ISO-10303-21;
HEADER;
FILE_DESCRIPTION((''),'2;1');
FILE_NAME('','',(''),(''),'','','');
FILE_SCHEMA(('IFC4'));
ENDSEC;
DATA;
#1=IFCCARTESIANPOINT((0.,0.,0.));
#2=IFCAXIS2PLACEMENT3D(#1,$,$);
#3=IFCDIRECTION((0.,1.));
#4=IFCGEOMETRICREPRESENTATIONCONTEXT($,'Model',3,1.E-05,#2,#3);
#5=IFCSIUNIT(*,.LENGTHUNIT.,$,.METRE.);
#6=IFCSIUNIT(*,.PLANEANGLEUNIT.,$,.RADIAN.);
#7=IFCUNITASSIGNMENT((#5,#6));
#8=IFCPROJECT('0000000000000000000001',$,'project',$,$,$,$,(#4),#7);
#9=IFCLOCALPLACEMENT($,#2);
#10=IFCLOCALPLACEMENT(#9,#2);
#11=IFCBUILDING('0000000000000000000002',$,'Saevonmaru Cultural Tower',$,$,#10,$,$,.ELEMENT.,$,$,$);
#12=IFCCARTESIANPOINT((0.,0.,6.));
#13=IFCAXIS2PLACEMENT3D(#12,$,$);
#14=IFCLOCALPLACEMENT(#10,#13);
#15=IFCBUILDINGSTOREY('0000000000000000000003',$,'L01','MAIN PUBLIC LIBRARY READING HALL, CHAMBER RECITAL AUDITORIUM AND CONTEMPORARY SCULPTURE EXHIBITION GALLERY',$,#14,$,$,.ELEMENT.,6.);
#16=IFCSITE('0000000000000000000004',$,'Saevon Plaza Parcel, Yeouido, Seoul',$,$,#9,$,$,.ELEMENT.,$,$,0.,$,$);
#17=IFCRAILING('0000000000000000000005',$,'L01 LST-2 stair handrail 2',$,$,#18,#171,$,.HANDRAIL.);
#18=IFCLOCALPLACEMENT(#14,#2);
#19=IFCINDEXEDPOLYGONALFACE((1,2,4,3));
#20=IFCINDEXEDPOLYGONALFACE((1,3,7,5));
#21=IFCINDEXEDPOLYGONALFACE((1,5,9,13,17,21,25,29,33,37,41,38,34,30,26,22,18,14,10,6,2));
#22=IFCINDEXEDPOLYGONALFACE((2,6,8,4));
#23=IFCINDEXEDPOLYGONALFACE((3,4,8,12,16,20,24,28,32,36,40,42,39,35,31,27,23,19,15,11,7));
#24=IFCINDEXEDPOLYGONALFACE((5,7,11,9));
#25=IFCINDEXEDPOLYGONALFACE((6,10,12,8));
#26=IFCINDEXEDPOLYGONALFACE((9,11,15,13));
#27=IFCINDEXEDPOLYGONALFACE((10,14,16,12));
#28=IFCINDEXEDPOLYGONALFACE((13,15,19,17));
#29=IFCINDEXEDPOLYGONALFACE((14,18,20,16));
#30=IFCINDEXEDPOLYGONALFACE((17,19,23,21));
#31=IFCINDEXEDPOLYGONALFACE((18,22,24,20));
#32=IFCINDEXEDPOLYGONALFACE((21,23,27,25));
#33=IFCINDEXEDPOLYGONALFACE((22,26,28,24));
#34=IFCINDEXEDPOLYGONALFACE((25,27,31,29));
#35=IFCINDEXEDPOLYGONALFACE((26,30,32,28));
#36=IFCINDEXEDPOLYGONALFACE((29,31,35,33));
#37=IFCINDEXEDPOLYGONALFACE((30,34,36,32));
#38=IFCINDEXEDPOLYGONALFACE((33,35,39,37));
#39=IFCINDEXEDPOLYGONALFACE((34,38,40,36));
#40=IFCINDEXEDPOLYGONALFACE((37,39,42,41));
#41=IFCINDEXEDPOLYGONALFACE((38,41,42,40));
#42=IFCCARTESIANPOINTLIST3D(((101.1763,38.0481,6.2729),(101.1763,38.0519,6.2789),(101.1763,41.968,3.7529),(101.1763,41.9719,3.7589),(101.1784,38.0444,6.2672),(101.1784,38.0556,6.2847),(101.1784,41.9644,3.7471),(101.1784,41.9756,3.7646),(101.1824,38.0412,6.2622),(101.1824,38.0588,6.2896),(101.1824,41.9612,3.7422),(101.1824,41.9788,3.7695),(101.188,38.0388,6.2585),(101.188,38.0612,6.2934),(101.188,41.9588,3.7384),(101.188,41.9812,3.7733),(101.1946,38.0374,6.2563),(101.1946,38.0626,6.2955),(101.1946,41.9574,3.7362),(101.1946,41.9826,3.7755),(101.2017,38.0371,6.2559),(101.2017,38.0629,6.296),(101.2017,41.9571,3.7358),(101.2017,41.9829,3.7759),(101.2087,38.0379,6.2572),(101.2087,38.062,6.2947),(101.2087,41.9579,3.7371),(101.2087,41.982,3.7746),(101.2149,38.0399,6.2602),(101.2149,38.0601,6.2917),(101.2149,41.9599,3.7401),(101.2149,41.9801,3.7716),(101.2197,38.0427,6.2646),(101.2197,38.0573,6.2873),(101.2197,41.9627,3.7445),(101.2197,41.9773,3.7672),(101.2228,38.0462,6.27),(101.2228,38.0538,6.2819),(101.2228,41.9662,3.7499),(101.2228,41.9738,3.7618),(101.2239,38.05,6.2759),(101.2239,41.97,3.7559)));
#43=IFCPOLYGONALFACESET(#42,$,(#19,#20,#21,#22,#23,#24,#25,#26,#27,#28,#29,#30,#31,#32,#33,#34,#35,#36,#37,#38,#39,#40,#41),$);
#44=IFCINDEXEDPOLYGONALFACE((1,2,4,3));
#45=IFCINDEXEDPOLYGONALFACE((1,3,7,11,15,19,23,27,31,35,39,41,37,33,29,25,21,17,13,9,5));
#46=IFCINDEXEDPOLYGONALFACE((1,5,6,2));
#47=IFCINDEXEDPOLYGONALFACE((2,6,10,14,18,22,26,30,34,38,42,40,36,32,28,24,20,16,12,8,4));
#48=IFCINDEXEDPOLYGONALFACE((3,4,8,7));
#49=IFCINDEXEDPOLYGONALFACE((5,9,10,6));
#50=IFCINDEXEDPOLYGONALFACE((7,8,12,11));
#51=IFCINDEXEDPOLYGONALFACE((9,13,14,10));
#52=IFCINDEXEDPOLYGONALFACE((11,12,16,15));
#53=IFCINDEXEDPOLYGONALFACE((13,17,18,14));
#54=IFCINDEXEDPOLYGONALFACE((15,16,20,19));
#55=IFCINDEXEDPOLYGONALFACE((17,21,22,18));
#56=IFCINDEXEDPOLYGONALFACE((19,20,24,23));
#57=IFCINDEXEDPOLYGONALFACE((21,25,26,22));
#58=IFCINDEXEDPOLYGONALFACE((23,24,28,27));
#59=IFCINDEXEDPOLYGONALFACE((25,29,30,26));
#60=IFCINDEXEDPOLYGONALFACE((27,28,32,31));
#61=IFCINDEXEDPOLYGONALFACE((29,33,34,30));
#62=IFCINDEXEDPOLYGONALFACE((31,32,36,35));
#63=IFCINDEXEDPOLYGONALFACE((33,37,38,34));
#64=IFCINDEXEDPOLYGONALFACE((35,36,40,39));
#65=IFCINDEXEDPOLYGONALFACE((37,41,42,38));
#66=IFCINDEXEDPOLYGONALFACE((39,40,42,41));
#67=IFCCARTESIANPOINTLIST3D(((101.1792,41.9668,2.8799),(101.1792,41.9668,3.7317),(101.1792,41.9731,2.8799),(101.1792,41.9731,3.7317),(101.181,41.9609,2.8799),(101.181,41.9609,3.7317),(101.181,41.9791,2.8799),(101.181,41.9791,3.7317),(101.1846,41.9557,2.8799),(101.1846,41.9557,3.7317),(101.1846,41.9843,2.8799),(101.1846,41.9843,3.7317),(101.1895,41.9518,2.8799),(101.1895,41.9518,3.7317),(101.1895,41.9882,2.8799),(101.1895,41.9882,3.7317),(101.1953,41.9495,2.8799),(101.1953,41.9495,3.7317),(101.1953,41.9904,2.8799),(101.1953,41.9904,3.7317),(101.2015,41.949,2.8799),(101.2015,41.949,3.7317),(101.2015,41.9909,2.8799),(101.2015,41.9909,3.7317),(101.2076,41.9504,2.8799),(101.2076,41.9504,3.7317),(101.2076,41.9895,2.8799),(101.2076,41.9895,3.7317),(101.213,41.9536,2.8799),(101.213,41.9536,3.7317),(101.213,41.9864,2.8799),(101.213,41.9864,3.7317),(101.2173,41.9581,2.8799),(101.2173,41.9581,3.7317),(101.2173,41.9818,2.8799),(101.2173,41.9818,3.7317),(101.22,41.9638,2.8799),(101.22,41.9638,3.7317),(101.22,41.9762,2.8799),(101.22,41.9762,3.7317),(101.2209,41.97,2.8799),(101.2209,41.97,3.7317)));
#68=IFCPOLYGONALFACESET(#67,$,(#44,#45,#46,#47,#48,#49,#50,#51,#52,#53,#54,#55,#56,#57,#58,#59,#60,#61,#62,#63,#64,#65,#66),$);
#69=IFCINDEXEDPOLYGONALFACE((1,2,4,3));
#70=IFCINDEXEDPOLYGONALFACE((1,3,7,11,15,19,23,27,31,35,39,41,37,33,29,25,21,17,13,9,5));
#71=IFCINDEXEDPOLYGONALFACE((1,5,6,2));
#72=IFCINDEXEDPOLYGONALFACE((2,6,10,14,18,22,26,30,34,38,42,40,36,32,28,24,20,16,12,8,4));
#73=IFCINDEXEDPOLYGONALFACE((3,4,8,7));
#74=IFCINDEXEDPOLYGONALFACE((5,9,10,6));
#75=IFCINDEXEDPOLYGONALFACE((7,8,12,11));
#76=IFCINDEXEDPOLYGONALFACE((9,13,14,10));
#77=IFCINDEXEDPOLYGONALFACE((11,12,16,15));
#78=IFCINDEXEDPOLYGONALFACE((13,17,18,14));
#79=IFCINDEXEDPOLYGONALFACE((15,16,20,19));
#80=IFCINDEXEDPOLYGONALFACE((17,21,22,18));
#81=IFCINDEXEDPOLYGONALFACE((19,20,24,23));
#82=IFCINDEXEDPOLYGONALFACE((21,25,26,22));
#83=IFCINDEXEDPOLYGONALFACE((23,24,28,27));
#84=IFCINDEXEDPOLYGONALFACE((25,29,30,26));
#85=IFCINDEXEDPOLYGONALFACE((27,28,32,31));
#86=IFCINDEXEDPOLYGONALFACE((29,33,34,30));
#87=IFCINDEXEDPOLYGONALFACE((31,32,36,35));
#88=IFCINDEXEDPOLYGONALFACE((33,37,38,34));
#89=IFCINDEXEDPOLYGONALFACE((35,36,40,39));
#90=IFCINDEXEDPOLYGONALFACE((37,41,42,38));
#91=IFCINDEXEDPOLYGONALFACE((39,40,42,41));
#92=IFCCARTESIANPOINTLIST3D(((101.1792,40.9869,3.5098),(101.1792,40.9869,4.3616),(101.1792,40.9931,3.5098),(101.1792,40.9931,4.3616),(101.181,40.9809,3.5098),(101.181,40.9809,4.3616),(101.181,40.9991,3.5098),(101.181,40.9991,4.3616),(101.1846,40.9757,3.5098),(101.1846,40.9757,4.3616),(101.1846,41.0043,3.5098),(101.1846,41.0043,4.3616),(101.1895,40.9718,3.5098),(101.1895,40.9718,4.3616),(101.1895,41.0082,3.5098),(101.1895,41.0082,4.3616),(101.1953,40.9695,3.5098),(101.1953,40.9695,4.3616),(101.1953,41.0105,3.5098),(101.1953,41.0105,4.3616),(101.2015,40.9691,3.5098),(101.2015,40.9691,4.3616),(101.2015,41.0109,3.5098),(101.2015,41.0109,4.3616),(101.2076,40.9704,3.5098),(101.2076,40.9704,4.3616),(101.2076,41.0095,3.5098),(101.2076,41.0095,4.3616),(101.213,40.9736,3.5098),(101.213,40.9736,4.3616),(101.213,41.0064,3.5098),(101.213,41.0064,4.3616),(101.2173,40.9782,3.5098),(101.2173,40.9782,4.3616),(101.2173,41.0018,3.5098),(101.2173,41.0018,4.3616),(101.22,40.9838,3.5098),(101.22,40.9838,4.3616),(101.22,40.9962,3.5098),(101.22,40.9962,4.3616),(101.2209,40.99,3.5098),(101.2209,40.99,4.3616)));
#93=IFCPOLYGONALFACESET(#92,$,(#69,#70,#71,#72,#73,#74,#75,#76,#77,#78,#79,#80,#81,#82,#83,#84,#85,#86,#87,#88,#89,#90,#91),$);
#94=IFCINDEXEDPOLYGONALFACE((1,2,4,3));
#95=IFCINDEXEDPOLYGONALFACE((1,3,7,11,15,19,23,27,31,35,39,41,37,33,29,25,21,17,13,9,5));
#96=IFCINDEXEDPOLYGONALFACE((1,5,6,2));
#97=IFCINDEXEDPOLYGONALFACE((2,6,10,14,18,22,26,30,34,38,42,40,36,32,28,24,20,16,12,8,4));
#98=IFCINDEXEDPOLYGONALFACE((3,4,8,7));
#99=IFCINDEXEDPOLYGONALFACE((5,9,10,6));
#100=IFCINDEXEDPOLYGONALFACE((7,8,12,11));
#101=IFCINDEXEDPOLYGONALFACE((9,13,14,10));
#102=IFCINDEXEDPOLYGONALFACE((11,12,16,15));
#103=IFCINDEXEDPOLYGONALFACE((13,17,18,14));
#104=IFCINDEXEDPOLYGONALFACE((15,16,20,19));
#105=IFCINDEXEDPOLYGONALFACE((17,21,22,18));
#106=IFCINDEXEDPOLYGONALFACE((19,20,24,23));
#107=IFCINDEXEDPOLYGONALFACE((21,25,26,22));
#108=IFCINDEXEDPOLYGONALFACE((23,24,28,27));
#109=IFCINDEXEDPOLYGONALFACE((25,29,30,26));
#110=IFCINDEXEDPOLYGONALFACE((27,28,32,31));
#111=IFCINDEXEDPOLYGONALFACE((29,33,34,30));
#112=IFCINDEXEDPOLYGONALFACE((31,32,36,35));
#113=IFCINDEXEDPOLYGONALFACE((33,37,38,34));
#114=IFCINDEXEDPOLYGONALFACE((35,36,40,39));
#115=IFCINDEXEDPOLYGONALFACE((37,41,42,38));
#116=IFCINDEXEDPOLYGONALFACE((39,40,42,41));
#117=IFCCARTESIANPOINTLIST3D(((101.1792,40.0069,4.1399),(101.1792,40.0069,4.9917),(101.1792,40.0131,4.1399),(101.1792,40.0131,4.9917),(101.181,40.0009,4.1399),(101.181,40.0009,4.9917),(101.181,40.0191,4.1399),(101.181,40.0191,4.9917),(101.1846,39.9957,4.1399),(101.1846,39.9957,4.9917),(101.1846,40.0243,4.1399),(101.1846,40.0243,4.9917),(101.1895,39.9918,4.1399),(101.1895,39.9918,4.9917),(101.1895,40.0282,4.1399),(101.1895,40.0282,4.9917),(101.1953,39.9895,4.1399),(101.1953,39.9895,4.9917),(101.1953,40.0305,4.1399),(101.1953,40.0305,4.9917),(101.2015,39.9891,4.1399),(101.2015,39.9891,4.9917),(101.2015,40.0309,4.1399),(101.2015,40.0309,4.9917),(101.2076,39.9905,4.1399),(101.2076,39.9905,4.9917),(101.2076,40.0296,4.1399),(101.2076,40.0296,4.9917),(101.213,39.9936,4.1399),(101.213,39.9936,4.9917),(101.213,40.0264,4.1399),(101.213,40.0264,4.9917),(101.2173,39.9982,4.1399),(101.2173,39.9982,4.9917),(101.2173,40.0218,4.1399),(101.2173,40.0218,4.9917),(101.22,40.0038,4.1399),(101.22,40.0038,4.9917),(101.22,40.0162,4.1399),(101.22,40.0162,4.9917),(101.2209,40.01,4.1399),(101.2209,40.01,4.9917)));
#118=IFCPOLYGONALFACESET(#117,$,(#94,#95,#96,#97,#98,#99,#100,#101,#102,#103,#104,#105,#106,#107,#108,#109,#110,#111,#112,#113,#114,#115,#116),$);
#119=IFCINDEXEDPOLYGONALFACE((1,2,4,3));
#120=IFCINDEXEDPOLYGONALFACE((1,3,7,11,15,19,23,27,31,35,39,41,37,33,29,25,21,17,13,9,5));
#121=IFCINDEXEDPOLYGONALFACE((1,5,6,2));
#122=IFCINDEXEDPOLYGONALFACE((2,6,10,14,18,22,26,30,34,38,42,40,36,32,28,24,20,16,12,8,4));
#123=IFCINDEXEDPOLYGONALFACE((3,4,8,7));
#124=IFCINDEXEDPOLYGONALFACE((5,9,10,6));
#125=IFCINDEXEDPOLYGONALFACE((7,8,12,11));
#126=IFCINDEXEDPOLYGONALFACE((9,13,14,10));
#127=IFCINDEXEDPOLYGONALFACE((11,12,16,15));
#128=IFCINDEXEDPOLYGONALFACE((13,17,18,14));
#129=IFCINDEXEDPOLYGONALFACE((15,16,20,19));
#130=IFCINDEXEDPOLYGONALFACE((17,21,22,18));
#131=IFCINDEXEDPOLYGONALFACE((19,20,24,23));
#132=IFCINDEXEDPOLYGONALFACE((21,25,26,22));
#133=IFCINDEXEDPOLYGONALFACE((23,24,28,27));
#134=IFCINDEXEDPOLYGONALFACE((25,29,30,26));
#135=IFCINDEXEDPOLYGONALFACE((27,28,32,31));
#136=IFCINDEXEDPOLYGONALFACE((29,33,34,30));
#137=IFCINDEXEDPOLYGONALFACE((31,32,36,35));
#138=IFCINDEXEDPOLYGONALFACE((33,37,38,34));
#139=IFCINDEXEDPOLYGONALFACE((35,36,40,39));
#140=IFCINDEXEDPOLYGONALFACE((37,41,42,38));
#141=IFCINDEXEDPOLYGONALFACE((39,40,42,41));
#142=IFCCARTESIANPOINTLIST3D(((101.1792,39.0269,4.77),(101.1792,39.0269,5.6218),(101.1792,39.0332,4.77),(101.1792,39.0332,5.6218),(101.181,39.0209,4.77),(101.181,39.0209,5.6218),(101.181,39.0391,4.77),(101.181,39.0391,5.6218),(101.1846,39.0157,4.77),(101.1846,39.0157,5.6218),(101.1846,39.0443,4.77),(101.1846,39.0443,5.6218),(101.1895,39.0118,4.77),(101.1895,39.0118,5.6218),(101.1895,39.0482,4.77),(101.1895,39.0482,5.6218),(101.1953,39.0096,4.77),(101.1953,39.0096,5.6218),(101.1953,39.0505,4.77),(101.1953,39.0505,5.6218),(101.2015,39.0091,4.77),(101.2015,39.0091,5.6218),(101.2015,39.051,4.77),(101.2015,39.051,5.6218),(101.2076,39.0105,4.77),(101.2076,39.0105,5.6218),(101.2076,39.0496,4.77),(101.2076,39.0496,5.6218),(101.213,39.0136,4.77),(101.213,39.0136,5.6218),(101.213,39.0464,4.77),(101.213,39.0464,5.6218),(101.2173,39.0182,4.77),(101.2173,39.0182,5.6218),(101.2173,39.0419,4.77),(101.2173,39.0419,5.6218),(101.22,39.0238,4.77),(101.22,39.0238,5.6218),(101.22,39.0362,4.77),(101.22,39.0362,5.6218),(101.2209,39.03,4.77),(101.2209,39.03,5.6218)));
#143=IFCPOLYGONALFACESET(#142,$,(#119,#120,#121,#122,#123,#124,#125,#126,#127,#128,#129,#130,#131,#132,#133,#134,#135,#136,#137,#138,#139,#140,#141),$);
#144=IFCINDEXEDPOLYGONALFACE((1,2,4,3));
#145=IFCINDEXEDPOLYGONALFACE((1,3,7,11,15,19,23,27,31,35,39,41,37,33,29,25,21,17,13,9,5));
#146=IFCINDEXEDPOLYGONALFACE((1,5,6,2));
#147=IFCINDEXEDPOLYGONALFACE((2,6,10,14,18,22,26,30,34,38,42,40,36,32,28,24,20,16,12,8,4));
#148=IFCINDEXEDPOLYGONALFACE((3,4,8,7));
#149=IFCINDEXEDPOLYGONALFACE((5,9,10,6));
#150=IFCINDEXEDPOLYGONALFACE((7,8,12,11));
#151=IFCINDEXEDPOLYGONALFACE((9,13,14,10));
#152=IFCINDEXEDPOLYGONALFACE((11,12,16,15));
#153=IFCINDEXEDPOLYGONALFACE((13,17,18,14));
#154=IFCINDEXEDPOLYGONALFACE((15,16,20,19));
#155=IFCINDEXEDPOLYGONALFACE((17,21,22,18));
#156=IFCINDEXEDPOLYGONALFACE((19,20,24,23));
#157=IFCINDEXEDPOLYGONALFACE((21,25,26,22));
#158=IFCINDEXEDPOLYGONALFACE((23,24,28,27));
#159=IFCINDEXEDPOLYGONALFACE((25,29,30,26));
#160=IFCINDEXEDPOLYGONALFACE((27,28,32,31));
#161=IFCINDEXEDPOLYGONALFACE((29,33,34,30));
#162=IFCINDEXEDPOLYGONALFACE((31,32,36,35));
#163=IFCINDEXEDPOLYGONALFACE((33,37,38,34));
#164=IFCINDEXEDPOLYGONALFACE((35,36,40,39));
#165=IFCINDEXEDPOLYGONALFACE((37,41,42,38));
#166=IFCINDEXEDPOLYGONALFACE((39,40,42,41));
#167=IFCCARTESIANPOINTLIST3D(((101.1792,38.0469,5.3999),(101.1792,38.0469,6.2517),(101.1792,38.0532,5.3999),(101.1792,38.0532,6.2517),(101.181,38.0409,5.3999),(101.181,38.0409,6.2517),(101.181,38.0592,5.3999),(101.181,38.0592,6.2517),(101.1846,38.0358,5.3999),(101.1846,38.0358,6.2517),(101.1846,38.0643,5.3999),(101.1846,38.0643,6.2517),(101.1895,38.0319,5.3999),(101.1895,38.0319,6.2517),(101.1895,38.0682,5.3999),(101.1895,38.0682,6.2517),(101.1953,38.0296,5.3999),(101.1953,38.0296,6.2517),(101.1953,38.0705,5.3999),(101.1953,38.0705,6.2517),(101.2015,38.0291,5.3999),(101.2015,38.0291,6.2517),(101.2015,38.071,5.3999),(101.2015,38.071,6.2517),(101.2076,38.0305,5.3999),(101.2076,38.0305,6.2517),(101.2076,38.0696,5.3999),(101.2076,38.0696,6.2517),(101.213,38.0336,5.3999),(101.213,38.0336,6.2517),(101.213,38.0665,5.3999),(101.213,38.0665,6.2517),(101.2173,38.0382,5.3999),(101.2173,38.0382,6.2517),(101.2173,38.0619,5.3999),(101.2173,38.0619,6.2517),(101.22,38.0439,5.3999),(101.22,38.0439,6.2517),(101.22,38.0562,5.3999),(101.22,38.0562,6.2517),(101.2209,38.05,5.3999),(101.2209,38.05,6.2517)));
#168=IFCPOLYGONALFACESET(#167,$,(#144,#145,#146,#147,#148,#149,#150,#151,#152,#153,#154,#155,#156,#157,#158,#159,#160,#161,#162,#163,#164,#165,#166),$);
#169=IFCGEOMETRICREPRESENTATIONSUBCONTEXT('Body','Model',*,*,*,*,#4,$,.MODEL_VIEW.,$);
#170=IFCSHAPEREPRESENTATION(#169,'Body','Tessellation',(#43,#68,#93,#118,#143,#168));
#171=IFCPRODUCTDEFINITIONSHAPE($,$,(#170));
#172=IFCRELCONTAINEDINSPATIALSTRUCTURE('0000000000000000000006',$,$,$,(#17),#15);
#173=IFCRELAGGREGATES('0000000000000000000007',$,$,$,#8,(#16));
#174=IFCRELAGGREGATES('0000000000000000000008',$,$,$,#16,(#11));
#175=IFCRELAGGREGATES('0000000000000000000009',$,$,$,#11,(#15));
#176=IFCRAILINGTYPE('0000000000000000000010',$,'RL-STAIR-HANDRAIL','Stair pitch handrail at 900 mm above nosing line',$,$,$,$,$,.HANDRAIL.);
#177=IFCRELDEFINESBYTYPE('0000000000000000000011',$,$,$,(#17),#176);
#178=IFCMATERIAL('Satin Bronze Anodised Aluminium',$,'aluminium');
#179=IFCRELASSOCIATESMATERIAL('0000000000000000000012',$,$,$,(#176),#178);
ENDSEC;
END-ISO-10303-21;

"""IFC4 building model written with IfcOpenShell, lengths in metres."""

from ifc_helpers import new_model, si_unit, direction, frame, origin, origin_2d, place, context, subcontext, project, spatial, circle, extrude, material, type_object, element, save


model = new_model("IFC4")

# Units and contexts
model_context = context("Model", 3, precision=1e-05, world=origin(), true_north=direction((0.0, 1.0)))
body_context = subcontext(model_context, "Body", "Model", "MODEL_VIEW")
ifc_project = project(units=[si_unit("LENGTHUNIT", "METRE"), si_unit("PLANEANGLEUNIT", "RADIAN")], contexts=[model_context])

# Site, building, storey
site_placement = place(None, origin())
site = spatial("IfcSite", under=ifc_project, at=site_placement, Name="Saevon Plaza Parcel, Yeouido, Seoul", CompositionType="ELEMENT", RefElevation=0.0)
building_placement = place(site_placement, origin())
building = spatial("IfcBuilding", under=site, at=building_placement, Name="Saevonmaru Cultural Tower", CompositionType="ELEMENT")
storey_placement = place(building_placement, frame((0.0, 0.0, 6.0)))
storey = spatial("IfcBuildingStorey", under=building, at=storey_placement, Name="L01", Description="MAIN PUBLIC LIBRARY READING HALL, CHAMBER RECITAL AUDITORIUM AND CONTEMPORARY SCULPTURE EXHIBITION GALLERY", CompositionType="ELEMENT", Elevation=6.0)

# Shared definitions
ifc_material_1 = material(Name="Satin Bronze Anodised Aluminium", Category="aluminium")

# Railing
railing_type_1 = type_object("IfcRailingType", Name="RL-STAIR-HANDRAIL", Description="Stair pitch handrail at 900 mm above nosing line", PredefinedType="HANDRAIL", material=ifc_material_1)
railing_1_placement = place(storey_placement, frame((101.2, 41.97, 2.8799)))
element("IfcRailing", 1, at=railing_1_placement, inside=storey, type_object=railing_type_1, Name="L01 LST-2 stair handrail 2", PredefinedType="HANDRAIL", context=body_context, shape_type="SweptSolid", body=[
    extrude(circle(Radius=0.0239, at=origin_2d()), frame((0.0, 0.0, 0.876), z_axis=(0.0, -0.841172, 0.540768), x_axis=(1.0, 0.0, 0.0)), (0.0, 0.0, 1.0), 4.6602),
    extrude(circle(Radius=0.021, at=origin_2d()), origin(), (0.0, 0.0, 1.0), 0.8518),
    extrude(circle(Radius=0.021, at=origin_2d()), frame((0.0, -0.98, 0.6299)), (0.0, 0.0, 1.0), 0.8518),
    extrude(circle(Radius=0.021, at=origin_2d()), frame((0.0, -1.96, 1.26)), (0.0, 0.0, 1.0), 0.8518),
    extrude(circle(Radius=0.021, at=origin_2d()), frame((0.0, -2.9399, 1.8901)), (0.0, 0.0, 1.0), 0.8518),
    extrude(circle(Radius=0.021, at=origin_2d()), frame((0.0, -3.9199, 2.52)), (0.0, 0.0, 1.0), 0.8518),
])

save(model, "model.ifc")
